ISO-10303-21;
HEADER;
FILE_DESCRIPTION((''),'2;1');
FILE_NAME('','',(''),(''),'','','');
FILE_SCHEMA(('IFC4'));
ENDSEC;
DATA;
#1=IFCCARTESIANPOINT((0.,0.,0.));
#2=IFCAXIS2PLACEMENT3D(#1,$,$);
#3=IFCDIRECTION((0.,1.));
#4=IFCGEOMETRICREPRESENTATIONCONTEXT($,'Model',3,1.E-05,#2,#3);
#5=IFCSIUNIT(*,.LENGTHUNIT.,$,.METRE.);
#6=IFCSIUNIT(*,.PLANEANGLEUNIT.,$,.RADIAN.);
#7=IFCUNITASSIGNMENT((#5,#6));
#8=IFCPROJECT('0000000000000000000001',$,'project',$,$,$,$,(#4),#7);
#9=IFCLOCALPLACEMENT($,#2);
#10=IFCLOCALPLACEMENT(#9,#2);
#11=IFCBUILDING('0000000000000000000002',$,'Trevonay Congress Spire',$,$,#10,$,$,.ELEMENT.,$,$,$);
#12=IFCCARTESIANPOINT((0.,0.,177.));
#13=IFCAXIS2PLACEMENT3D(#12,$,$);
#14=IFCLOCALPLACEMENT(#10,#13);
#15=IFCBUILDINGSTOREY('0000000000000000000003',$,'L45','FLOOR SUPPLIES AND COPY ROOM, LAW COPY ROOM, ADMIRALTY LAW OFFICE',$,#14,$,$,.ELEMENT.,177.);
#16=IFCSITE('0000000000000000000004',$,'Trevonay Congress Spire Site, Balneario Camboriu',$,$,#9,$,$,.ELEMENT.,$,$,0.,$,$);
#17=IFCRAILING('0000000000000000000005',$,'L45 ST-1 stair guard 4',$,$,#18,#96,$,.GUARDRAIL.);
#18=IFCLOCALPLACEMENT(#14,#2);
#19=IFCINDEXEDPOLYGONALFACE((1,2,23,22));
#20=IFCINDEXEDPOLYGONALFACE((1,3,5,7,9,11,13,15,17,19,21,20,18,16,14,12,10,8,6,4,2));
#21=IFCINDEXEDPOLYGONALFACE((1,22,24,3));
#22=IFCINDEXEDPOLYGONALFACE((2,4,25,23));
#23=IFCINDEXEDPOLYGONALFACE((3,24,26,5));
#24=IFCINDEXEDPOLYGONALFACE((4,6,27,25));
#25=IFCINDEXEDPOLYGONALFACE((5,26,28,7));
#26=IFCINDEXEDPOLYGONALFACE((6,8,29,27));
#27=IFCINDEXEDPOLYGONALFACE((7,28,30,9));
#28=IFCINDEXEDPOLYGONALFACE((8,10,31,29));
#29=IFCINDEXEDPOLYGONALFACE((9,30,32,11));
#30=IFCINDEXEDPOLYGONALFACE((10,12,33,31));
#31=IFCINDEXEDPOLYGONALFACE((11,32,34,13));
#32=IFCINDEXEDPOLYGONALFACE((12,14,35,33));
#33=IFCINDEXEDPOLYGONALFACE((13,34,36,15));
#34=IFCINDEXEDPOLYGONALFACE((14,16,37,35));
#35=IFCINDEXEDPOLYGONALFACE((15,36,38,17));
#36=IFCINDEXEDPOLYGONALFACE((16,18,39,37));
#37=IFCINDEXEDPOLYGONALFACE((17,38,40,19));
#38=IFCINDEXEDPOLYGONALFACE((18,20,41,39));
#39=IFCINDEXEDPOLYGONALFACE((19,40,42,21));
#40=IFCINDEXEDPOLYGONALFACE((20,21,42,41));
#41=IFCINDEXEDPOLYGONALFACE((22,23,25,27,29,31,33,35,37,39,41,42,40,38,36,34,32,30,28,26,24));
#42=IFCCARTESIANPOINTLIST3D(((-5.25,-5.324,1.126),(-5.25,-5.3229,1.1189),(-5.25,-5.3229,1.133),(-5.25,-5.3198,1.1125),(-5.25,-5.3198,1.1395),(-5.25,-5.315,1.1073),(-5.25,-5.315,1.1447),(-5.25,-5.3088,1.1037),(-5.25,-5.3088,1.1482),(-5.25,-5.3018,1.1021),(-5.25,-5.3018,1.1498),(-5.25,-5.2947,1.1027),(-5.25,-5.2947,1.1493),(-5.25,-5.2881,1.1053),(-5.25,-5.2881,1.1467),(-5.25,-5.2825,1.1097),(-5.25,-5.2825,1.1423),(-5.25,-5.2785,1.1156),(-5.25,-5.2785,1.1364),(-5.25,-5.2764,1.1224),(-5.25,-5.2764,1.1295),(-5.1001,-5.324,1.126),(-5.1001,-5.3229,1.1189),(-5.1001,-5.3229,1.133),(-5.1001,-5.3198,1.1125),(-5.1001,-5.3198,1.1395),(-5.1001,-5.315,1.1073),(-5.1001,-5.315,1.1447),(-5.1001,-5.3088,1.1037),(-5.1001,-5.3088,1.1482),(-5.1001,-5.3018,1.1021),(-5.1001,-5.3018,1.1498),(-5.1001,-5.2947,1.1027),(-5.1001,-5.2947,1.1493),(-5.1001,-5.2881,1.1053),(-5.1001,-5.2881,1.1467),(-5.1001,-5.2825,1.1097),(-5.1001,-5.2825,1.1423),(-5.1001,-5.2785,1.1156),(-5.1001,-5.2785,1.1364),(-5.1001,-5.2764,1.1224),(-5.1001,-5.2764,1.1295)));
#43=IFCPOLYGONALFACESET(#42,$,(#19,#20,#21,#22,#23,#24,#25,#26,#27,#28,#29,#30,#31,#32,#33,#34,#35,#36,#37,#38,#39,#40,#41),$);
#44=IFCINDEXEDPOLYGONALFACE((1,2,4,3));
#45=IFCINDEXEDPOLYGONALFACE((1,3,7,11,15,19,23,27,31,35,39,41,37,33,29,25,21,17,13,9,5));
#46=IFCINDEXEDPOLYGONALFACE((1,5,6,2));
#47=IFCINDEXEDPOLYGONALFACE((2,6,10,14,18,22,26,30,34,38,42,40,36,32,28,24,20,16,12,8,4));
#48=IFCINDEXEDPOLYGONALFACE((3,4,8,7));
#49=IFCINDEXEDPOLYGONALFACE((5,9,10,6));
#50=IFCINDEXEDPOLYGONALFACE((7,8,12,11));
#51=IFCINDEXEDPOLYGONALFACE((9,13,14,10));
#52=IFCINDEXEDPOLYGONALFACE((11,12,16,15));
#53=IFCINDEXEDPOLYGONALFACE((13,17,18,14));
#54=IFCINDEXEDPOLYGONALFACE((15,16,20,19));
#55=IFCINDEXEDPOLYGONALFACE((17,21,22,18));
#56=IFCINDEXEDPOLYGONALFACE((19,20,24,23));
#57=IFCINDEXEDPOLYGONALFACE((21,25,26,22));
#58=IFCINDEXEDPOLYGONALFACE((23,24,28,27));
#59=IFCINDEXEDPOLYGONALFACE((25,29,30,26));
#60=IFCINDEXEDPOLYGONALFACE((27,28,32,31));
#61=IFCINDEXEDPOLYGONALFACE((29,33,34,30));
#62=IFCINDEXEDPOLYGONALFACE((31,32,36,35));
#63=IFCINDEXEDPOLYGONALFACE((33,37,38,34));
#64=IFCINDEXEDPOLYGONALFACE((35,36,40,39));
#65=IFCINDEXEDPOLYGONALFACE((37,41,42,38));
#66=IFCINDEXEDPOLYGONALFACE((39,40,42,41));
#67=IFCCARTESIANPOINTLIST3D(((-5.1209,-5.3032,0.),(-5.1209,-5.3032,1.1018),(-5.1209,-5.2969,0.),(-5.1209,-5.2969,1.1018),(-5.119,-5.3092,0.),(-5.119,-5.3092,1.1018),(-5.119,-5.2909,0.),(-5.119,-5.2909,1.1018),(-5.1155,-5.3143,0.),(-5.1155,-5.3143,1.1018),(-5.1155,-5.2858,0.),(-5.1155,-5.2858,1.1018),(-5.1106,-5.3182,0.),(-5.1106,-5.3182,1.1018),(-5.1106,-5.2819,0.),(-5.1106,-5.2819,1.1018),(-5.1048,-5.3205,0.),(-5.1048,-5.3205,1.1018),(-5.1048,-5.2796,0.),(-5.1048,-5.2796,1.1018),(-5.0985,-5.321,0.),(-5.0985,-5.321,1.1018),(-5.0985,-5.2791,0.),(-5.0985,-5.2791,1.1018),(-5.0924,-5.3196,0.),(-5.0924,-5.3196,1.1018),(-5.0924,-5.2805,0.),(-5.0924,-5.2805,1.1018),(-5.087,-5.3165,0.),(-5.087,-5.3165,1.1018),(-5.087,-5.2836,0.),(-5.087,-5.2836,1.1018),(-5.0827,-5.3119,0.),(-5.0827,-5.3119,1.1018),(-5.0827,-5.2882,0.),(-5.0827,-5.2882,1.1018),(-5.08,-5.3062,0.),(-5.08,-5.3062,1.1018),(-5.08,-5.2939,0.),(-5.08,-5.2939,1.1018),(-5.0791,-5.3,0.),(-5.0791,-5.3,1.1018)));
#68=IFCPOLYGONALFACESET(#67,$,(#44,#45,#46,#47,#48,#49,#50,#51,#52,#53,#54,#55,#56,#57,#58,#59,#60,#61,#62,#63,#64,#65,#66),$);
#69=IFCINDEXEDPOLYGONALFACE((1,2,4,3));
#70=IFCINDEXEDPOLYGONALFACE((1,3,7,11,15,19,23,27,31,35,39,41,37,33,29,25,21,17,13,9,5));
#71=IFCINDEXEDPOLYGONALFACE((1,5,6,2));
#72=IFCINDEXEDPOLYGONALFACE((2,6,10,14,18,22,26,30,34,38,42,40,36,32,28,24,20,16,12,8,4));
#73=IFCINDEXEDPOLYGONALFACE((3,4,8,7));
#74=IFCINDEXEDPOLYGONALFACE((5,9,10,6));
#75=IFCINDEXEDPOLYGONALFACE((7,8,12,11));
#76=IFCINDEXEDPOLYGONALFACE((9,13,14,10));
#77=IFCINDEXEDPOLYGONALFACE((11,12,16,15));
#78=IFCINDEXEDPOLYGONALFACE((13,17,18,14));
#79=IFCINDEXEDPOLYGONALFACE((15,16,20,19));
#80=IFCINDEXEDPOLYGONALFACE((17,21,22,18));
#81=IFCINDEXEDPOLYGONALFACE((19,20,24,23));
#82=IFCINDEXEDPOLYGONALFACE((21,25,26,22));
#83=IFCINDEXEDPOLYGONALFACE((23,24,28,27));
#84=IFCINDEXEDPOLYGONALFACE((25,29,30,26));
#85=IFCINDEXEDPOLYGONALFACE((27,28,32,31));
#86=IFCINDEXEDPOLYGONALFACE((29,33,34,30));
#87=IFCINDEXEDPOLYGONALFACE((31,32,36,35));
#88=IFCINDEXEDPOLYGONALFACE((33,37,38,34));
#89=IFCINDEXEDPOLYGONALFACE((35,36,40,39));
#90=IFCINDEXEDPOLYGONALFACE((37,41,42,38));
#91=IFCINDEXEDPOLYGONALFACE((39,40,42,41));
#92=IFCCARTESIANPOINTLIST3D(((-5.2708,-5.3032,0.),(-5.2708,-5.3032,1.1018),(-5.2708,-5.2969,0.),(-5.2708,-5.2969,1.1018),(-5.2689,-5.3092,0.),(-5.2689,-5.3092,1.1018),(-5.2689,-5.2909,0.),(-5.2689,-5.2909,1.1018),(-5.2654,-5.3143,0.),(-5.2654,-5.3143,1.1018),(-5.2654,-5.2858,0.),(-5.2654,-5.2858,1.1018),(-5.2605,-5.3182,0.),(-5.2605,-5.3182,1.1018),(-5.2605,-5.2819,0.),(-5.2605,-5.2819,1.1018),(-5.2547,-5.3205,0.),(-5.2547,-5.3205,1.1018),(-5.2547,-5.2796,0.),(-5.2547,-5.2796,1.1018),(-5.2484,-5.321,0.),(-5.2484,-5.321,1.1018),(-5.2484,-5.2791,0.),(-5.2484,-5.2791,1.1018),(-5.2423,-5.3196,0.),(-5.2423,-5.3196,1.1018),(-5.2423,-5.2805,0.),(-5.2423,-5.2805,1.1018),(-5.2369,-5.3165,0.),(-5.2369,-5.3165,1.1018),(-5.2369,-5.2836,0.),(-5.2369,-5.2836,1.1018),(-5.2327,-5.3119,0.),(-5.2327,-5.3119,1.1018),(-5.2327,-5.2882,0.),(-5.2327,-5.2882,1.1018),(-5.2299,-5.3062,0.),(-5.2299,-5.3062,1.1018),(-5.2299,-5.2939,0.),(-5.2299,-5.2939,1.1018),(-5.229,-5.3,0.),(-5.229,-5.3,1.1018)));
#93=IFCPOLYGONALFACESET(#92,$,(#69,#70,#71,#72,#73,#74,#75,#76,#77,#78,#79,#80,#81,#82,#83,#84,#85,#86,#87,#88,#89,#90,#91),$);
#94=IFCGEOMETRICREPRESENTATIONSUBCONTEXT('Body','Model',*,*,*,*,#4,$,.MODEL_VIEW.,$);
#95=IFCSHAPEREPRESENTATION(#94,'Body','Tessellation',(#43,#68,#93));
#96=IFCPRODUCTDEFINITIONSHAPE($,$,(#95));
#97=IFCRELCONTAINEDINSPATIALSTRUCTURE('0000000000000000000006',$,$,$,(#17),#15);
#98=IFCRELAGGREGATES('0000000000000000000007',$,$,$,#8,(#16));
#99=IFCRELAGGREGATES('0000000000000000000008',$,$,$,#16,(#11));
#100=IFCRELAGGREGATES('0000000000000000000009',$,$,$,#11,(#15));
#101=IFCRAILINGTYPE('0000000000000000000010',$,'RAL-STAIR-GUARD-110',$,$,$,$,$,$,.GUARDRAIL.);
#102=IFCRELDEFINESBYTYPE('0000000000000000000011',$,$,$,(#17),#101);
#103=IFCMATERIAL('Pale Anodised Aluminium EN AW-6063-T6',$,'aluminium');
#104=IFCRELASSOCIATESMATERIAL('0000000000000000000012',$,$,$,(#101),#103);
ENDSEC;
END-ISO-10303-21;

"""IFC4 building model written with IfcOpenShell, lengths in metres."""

from ifc_helpers import new_model, si_unit, direction, frame, origin, origin_2d, place, context, subcontext, project, spatial, circle, extrude, material, type_object, element, save


model = new_model("IFC4")

# Units and contexts
model_context = context("Model", 3, precision=1e-05, world=origin(), true_north=direction((0.0, 1.0)))
body_context = subcontext(model_context, "Body", "Model", "MODEL_VIEW")
ifc_project = project(units=[si_unit("LENGTHUNIT", "METRE"), si_unit("PLANEANGLEUNIT", "RADIAN")], contexts=[model_context])

# Site, building, storey
site_placement = place(None, origin())
site = spatial("IfcSite", under=ifc_project, at=site_placement, Name="Trevonay Congress Spire Site, Balneario Camboriu", CompositionType="ELEMENT", RefElevation=0.0)
building_placement = place(site_placement, origin())
building = spatial("IfcBuilding", under=site, at=building_placement, Name="Trevonay Congress Spire", CompositionType="ELEMENT")
storey_placement = place(building_placement, frame((0.0, 0.0, 177.0)))
storey = spatial("IfcBuildingStorey", under=building, at=storey_placement, Name="L45", Description="FLOOR SUPPLIES AND COPY ROOM, LAW COPY ROOM, ADMIRALTY LAW OFFICE", CompositionType="ELEMENT", Elevation=177.0)

# Railing
ifc_material_1 = material(Name="Pale Anodised Aluminium EN AW-6063-T6", Category="aluminium")
railing_type_1 = type_object("IfcRailingType", Name="RAL-STAIR-GUARD-110", PredefinedType="GUARDRAIL", material=ifc_material_1)
railing_1_placement = place(storey_placement, frame((-5.1001, -5.3, 0.0)))
element("IfcRailing", 1, at=railing_1_placement, inside=storey, type_object=railing_type_1, Name="L45 ST-1 stair guard 4", PredefinedType="GUARDRAIL", context=body_context, shape_type="SweptSolid", body=[
    extrude(circle(Radius=0.0239, at=origin_2d()), frame((0.0, 0.0, 1.126), z_axis=(-1.0, 0.0, 0.0), x_axis=(0.0, -1.0, 0.0)), (0.0, 0.0, 1.0), 0.1499),
    extrude(circle(Radius=0.021, at=origin_2d()), origin(), (0.0, 0.0, 1.0), 1.1018),
    extrude(circle(Radius=0.021, at=origin_2d()), frame((-0.1499, 0.0, 0.0)), (0.0, 0.0, 1.0), 1.1018),
])

save(model, "model.ifc")
